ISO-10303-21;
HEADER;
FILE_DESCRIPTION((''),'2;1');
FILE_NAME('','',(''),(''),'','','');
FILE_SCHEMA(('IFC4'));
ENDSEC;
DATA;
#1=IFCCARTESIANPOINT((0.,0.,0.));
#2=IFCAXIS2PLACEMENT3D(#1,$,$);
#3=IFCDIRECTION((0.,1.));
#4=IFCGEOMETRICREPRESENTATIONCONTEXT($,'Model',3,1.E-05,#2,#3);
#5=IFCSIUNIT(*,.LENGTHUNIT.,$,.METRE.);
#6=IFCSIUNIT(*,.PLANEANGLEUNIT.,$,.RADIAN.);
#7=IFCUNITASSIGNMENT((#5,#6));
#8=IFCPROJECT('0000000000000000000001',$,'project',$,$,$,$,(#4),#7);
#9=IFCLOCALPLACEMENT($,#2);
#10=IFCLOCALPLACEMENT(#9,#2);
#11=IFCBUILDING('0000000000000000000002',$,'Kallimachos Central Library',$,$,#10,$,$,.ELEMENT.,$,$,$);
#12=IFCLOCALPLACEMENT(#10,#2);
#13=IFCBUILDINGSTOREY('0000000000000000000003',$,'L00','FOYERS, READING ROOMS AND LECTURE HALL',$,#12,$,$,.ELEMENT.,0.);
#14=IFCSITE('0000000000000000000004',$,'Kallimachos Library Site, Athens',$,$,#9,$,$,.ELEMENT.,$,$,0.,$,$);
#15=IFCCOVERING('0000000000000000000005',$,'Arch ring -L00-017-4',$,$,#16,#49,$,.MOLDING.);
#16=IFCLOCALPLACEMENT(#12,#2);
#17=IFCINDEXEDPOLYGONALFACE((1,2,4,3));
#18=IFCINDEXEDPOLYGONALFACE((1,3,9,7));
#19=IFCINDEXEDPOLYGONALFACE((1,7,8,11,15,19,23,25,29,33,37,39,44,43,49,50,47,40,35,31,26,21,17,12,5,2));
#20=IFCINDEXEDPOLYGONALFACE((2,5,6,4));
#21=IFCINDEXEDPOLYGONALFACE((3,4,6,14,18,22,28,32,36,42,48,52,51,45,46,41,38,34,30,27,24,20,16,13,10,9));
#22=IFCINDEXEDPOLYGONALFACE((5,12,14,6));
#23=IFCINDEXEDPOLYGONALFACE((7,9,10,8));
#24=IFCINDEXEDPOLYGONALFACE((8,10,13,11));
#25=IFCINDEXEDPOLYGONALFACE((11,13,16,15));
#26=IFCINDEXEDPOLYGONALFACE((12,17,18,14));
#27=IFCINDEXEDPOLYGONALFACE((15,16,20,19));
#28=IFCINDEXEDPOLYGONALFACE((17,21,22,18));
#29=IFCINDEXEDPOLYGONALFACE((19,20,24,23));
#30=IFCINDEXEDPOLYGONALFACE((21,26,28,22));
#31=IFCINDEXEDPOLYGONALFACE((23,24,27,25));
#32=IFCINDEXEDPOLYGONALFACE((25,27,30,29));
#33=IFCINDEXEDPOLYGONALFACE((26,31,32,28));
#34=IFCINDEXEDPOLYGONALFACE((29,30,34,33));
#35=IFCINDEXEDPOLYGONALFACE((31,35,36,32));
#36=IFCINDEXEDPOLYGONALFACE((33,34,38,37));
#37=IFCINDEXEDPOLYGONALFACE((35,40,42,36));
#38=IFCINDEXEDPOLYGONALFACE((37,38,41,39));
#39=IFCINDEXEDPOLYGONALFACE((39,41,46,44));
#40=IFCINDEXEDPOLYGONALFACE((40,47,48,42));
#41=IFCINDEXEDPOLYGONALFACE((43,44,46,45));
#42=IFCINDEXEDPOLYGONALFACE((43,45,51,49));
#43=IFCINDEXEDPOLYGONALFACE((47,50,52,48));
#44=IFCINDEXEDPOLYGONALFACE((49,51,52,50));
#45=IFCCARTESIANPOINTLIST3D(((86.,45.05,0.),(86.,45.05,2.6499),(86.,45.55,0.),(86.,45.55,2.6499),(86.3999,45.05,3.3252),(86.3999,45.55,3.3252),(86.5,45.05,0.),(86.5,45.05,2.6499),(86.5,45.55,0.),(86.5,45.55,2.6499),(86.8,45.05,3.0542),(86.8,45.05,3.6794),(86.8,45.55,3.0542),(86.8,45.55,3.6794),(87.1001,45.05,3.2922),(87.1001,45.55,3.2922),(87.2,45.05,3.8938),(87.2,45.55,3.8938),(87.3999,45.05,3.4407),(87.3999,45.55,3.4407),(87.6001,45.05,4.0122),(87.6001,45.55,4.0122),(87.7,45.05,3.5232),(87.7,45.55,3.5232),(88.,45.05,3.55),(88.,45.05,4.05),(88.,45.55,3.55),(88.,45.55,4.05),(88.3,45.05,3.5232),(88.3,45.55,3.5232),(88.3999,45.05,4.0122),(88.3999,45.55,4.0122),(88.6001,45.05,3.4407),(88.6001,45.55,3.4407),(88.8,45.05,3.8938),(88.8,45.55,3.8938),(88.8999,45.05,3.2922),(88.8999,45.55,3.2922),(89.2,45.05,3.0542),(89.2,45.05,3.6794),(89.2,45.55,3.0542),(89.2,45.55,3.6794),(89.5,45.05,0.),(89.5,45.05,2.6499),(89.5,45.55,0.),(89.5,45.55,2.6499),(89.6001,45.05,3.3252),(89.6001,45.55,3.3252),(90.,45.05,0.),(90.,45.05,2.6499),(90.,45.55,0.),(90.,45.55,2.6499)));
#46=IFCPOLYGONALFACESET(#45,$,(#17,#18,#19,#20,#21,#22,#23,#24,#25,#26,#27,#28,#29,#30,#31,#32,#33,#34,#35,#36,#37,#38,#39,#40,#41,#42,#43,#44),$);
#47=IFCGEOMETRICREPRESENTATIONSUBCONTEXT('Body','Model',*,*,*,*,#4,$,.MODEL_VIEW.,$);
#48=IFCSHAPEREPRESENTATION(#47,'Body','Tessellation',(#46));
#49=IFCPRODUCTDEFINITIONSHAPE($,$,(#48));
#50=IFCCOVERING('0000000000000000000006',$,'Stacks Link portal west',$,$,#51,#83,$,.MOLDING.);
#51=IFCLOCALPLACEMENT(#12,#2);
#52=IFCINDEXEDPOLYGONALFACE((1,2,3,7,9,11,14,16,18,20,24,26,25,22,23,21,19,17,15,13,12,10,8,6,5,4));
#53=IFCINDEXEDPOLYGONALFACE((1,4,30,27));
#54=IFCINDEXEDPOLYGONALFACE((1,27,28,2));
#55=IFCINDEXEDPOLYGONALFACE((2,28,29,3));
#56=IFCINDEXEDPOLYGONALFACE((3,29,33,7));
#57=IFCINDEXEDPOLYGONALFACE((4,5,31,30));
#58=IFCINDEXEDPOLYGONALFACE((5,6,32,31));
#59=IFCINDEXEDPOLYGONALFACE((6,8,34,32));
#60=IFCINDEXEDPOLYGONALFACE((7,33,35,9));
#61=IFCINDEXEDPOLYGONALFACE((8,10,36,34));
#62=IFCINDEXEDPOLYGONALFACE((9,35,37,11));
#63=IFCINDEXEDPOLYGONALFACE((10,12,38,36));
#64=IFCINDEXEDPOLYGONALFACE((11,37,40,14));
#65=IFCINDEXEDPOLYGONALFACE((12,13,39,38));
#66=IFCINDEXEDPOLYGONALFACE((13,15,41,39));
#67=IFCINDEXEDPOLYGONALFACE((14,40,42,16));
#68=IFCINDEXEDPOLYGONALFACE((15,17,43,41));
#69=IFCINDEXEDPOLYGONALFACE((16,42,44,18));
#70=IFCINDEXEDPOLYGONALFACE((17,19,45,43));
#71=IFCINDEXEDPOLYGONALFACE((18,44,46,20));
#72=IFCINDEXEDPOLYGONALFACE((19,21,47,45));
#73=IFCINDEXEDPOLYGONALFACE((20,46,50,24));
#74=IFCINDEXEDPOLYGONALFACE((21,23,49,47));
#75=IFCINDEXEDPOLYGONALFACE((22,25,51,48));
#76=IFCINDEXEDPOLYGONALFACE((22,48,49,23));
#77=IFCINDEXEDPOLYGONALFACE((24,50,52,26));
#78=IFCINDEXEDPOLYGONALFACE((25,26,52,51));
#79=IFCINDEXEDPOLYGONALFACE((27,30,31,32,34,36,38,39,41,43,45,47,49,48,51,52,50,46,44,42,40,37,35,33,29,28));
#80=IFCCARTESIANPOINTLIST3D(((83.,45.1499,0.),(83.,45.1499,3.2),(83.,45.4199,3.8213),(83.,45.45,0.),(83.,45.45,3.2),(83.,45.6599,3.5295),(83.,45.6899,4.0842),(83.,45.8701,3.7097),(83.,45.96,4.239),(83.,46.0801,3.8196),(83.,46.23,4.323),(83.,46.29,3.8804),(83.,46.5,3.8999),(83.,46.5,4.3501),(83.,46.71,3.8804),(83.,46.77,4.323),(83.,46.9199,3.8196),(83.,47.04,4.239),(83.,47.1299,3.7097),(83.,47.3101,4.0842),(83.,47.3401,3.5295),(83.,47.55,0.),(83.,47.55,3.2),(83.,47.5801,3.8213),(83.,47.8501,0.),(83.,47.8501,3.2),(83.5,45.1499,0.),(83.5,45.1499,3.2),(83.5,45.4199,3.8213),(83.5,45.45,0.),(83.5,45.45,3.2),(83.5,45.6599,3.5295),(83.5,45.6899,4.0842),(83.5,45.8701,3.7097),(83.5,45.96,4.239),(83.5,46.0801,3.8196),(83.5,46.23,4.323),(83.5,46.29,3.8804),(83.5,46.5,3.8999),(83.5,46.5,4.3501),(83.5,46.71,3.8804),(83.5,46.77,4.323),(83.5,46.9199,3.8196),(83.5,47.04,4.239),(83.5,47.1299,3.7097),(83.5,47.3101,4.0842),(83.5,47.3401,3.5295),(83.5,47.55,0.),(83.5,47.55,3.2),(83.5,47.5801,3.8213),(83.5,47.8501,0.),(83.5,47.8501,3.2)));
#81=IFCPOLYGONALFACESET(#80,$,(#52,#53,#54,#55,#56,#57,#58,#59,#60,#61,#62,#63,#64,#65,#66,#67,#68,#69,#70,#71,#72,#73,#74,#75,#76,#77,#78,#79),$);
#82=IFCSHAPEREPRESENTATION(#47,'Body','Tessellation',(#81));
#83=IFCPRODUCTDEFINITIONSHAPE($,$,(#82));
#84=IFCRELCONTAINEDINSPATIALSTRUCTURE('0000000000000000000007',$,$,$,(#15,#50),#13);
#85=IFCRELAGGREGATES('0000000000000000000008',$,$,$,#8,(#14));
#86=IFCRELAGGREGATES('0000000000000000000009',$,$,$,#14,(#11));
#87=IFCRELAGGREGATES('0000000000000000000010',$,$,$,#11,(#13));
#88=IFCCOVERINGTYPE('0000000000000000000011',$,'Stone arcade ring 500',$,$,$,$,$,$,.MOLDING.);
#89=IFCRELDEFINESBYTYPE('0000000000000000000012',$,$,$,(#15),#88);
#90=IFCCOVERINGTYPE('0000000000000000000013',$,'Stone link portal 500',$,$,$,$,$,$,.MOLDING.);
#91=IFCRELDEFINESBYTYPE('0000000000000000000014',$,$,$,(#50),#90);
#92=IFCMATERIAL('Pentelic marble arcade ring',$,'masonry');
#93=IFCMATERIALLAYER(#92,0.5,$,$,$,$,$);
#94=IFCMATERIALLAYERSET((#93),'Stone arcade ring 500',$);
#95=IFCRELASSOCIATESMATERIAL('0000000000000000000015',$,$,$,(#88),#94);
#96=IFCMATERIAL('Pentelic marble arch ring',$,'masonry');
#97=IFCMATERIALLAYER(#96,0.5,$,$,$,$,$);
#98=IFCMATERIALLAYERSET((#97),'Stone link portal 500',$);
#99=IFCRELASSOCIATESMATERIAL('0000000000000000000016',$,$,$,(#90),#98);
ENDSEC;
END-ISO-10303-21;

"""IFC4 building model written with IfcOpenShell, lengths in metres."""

from ifc_helpers import new_model, si_unit, direction, frame, origin, place, context, subcontext, project, spatial, polyline, outline, extrude, material, layer, layer_set, type_object, element, save


model = new_model("IFC4")

# Units and contexts
model_context = context("Model", 3, precision=1e-05, world=origin(), true_north=direction((0.0, 1.0)))
body_context = subcontext(model_context, "Body", "Model", "MODEL_VIEW")
ifc_project = project(units=[si_unit("LENGTHUNIT", "METRE"), si_unit("PLANEANGLEUNIT", "RADIAN")], contexts=[model_context])

# Site, building, storey
site_placement = place(None, origin())
site = spatial("IfcSite", under=ifc_project, at=site_placement, Name="Kallimachos Library Site, Athens", CompositionType="ELEMENT", RefElevation=0.0)
building_placement = place(site_placement, origin())
building = spatial("IfcBuilding", under=site, at=building_placement, Name="Kallimachos Central Library", CompositionType="ELEMENT")
storey_placement = place(building_placement, origin())
storey = spatial("IfcBuildingStorey", under=building, at=storey_placement, Name="L00", Description="FOYERS, READING ROOMS AND LECTURE HALL", CompositionType="ELEMENT", Elevation=0.0)

# Coverings
ifc_material_1 = material(Name="Pentelic marble arcade ring", Category="masonry")
ifc_layer_1 = layer(ifc_material_1, 0.5)
ifc_layer_set_1 = layer_set([ifc_layer_1], Name="Stone arcade ring 500")
covering_type_1 = type_object("IfcCoveringType", Name="Stone arcade ring 500", PredefinedType="MOLDING", material=ifc_layer_set_1)
covering_1_placement = place(storey_placement, frame((86.0, 45.55, 0.0), z_axis=(0.0, 1.0, 0.0), x_axis=(0.0, 0.0, 1.0)))
element("IfcCovering", 1, at=covering_1_placement, inside=storey, type_object=covering_type_1, Name="Arch ring -L00-017-4", PredefinedType="MOLDING", context=body_context, shape_type="SweptSolid", body=[
    extrude(outline(polyline([(0.0, 0.0), (2.6499, 0.0), (3.3252, 0.3999), (3.6794, 0.8), (3.8938, 1.2), (4.0122, 1.6001), (4.05, 2.0), (4.0122, 2.3999), (3.8938, 2.8), (3.6794, 3.2), (3.3252, 3.6001), (2.6499, 4.0), (0.0, 4.0), (0.0, 3.5), (2.6499, 3.5), (3.0542, 3.2), (3.2922, 2.8999), (3.4407, 2.6001), (3.5232, 2.3), (3.55, 2.0), (3.5232, 1.7), (3.4407, 1.3999), (3.2922, 1.1001), (3.0542, 0.8), (2.6499, 0.5), (0.0, 0.5), (0.0, 0.0)])), origin(), (0.0, 0.0, -1.0), 0.5),
])
ifc_material_2 = material(Name="Pentelic marble arch ring", Category="masonry")
ifc_layer_2 = layer(ifc_material_2, 0.5)
ifc_layer_set_2 = layer_set([ifc_layer_2], Name="Stone link portal 500")
covering_type_2 = type_object("IfcCoveringType", Name="Stone link portal 500", PredefinedType="MOLDING", material=ifc_layer_set_2)
covering_2_placement = place(storey_placement, frame((83.0, 45.1499, 0.0), z_axis=(-1.0, 0.0, 0.0), x_axis=(0.0, 0.0, 1.0)))
element("IfcCovering", 2, at=covering_2_placement, inside=storey, type_object=covering_type_2, Name="Stacks Link portal west", PredefinedType="MOLDING", context=body_context, shape_type="SweptSolid", body=[
    extrude(outline(polyline([(0.0, 0.0), (3.2, 0.0), (3.8213, 0.27), (4.0842, 0.54), (4.239, 0.8101), (4.323, 1.0801), (4.3501, 1.3501), (4.323, 1.6201), (4.239, 1.8901), (4.0842, 2.1602), (3.8213, 2.4302), (3.2, 2.7002), (0.0, 2.7002), (0.0, 2.4001), (3.2, 2.4001), (3.5295, 2.1902), (3.7097, 1.98), (3.8196, 1.77), (3.8804, 1.5601), (3.8999, 1.3501), (3.8804, 1.1401), (3.8196, 0.9302), (3.7097, 0.7202), (3.5295, 0.51), (3.2, 0.3), (0.0, 0.3), (0.0, 0.0)])), origin(), (0.0, 0.0, -1.0), 0.5),
])

save(model, "model.ifc")
